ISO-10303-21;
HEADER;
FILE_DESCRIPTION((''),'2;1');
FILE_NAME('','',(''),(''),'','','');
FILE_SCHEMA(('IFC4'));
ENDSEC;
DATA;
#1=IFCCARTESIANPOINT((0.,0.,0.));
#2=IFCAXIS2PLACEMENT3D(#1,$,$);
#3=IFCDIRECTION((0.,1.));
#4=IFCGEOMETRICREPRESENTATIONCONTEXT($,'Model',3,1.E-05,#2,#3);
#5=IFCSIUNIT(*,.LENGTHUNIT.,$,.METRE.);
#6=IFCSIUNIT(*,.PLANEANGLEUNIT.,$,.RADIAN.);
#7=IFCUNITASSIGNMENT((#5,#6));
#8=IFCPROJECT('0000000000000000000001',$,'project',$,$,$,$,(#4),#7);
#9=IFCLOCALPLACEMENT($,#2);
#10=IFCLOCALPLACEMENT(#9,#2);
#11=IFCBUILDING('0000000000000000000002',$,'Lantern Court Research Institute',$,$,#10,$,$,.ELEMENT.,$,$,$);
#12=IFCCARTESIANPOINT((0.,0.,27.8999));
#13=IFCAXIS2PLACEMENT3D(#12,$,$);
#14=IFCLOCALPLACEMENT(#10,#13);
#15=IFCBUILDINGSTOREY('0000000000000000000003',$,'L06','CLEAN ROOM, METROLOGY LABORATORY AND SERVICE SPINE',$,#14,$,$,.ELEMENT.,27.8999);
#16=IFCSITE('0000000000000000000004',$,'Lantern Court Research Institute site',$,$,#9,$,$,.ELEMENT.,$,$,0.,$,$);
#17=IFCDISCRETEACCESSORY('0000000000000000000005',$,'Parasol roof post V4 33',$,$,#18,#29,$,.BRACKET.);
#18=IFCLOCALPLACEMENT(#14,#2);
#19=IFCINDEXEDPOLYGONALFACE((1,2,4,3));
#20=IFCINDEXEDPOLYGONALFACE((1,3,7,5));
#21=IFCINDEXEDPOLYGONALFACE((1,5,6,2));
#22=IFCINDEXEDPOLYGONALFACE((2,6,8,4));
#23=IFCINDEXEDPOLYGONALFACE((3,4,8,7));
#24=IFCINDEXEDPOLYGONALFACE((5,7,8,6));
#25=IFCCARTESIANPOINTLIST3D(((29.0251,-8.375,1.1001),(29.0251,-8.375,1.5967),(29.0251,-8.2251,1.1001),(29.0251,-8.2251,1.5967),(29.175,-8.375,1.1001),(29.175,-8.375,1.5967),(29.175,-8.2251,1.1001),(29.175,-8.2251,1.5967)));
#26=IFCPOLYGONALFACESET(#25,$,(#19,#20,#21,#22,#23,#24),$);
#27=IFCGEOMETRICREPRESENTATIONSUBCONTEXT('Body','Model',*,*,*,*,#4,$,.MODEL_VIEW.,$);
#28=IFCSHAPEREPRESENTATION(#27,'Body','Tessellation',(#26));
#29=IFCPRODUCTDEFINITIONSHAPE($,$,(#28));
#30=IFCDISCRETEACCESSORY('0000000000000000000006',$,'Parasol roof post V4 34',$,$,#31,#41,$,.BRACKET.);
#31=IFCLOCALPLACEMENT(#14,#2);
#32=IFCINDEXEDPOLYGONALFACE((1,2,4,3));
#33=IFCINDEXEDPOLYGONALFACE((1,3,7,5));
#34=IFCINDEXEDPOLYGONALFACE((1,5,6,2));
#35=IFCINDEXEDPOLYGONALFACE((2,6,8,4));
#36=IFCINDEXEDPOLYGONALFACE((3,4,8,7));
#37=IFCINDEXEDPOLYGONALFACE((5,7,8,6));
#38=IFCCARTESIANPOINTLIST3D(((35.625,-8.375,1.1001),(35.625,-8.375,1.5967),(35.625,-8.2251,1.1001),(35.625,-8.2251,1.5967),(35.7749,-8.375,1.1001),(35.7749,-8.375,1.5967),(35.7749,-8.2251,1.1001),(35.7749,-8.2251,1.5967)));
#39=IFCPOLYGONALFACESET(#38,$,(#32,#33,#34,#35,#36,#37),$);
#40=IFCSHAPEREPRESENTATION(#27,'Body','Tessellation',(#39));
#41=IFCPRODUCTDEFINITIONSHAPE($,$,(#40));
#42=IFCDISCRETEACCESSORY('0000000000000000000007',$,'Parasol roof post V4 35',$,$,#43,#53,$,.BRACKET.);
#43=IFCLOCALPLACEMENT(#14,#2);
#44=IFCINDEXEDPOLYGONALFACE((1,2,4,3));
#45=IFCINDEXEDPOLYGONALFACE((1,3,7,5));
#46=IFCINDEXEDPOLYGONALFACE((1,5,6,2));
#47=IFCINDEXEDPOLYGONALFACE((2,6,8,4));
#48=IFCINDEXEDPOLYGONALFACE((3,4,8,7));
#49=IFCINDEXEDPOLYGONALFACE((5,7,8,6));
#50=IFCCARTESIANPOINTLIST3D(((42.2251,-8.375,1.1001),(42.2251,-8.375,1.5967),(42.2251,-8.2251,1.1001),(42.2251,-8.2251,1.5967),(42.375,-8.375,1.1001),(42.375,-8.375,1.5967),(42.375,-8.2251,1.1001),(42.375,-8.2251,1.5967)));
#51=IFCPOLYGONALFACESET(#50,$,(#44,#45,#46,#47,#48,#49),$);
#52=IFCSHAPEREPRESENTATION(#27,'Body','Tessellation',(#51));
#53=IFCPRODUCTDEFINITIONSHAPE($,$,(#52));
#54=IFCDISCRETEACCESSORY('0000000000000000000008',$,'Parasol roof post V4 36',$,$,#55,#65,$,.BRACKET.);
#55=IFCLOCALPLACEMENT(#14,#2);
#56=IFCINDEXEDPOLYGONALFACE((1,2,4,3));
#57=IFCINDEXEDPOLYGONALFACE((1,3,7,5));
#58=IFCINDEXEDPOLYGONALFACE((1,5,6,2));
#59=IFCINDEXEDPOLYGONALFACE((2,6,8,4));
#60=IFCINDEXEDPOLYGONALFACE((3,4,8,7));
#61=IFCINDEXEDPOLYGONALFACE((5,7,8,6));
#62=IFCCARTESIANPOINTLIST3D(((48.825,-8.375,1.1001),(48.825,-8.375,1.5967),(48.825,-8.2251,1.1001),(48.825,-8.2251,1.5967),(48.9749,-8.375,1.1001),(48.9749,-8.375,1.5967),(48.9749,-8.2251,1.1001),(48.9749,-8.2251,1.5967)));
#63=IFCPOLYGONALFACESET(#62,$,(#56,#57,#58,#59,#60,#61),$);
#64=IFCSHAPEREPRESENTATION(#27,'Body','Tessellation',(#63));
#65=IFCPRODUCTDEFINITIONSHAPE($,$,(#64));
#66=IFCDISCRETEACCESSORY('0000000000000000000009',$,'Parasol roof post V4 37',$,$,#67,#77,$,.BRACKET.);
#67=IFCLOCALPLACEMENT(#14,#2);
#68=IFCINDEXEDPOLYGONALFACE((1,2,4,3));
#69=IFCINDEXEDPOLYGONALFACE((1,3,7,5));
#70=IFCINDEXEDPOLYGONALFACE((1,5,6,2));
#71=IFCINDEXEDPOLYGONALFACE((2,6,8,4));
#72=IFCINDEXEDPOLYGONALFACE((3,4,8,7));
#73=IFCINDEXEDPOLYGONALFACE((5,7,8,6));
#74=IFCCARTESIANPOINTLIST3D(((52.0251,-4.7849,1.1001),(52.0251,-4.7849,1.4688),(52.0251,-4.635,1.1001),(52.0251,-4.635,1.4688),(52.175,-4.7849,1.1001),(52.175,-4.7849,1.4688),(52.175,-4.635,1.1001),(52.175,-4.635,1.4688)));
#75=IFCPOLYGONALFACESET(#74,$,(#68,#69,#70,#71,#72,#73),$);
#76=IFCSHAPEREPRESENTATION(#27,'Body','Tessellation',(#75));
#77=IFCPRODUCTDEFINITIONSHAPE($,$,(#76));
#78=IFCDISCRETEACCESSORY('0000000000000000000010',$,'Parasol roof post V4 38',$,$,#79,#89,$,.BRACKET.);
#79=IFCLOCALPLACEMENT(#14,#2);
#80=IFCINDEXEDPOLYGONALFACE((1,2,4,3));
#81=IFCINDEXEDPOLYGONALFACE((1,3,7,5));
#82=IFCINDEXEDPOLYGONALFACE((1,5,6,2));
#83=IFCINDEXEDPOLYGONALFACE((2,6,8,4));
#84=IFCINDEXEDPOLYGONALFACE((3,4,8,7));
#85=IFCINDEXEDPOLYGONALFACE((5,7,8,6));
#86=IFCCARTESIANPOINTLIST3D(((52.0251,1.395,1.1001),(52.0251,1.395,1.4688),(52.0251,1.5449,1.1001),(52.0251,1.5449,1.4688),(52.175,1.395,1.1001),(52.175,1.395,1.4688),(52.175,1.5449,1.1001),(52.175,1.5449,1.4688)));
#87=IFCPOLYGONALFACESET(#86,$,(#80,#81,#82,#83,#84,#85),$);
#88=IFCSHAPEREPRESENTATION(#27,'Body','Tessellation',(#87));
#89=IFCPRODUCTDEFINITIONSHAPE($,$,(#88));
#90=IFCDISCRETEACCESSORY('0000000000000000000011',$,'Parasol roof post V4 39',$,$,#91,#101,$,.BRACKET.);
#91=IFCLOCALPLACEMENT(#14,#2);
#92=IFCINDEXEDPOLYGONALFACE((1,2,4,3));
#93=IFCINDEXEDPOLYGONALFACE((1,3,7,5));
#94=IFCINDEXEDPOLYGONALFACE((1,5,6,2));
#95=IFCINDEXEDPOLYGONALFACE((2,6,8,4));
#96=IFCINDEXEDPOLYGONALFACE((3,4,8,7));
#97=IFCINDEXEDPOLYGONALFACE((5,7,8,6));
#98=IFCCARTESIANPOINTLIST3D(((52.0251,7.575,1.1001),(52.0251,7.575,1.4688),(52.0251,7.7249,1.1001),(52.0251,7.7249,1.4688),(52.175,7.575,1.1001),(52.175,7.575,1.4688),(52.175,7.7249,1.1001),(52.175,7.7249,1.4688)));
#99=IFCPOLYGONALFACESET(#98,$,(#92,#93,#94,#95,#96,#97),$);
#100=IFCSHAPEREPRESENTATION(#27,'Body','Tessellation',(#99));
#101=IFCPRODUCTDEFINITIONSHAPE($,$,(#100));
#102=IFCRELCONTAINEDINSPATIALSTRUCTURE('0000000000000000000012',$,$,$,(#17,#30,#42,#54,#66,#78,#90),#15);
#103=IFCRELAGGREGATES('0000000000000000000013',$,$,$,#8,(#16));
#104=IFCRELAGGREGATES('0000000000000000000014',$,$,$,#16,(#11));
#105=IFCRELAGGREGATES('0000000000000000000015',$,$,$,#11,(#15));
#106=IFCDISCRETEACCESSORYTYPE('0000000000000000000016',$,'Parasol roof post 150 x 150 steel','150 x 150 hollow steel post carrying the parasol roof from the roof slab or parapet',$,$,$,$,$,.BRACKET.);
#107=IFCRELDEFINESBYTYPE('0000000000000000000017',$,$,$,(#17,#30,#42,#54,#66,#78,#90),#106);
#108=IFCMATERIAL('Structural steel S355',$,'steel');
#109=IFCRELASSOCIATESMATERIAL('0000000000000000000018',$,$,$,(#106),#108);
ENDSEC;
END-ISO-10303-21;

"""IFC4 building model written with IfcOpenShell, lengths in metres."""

from ifc_helpers import new_model, si_unit, direction, frame, origin, origin_2d, place, context, subcontext, project, spatial, rectangle, extrude, material, type_object, element, save


model = new_model("IFC4")

# Units and contexts
model_context = context("Model", 3, precision=1e-05, world=origin(), true_north=direction((0.0, 1.0)))
body_context = subcontext(model_context, "Body", "Model", "MODEL_VIEW")
ifc_project = project(units=[si_unit("LENGTHUNIT", "METRE"), si_unit("PLANEANGLEUNIT", "RADIAN")], contexts=[model_context])

# Site, building, storey
site_placement = place(None, origin())
site = spatial("IfcSite", under=ifc_project, at=site_placement, Name="Lantern Court Research Institute site", CompositionType="ELEMENT", RefElevation=0.0)
building_placement = place(site_placement, origin())
building = spatial("IfcBuilding", under=site, at=building_placement, Name="Lantern Court Research Institute", CompositionType="ELEMENT")
storey_placement = place(building_placement, frame((0.0, 0.0, 27.8999)))
storey = spatial("IfcBuildingStorey", under=building, at=storey_placement, Name="L06", Description="CLEAN ROOM, METROLOGY LABORATORY AND SERVICE SPINE", CompositionType="ELEMENT", Elevation=27.8999)

# Discrete accessories
ifc_material_1 = material(Name="Structural steel S355", Category="steel")
discrete_accessory_type = type_object("IfcDiscreteAccessoryType", Name="Parasol roof post 150 x 150 steel", Description="150 x 150 hollow steel post carrying the parasol roof from the roof slab or parapet", PredefinedType="BRACKET", material=ifc_material_1)
for number, where, z_axis, x_axis, name in (
    (1, (29.1001, -8.3, 1.1001), (0.0, 0.0, 1.0), (1.0, 0.0, 0.0), "Parasol roof post V4 33"),
    (2, (35.7, -8.3, 1.1001), (0.0, 0.0, 1.0), (1.0, 0.0, 0.0), "Parasol roof post V4 34"),
    (3, (42.3, -8.3, 1.1001), (0.0, 0.0, 1.0), (1.0, 0.0, 0.0), "Parasol roof post V4 35"),
    (4, (48.8999, -8.3, 1.1001), (0.0, 0.0, 1.0), (1.0, 0.0, 0.0), "Parasol roof post V4 36"),
):
    element("IfcDiscreteAccessory", number, at=place(storey_placement, frame(where, z_axis=z_axis, x_axis=x_axis)), inside=storey, type_object=discrete_accessory_type, Name=name, PredefinedType="BRACKET", context=body_context, shape_type="SweptSolid", body=[
        extrude(rectangle(XDim=0.1499, YDim=0.1499, at=origin_2d()), origin(), (0.0, 0.0, 1.0), 0.4966),
    ])
for number, where, z_axis, x_axis, name in (
    (5, (52.1001, -4.71, 1.1001), (0.0, 0.0, 1.0), (1.0, 0.0, 0.0), "Parasol roof post V4 37"),
    (6, (52.1001, 1.47, 1.1001), (0.0, 0.0, 1.0), (1.0, 0.0, 0.0), "Parasol roof post V4 38"),
    (7, (52.1001, 7.6499, 1.1001), (0.0, 0.0, 1.0), (1.0, 0.0, 0.0), "Parasol roof post V4 39"),
):
    element("IfcDiscreteAccessory", number, at=place(storey_placement, frame(where, z_axis=z_axis, x_axis=x_axis)), inside=storey, type_object=discrete_accessory_type, Name=name, PredefinedType="BRACKET", context=body_context, shape_type="SweptSolid", body=[
        extrude(rectangle(XDim=0.1499, YDim=0.1499, at=origin_2d()), origin(), (0.0, 0.0, 1.0), 0.3687),
    ])

save(model, "model.ifc")
